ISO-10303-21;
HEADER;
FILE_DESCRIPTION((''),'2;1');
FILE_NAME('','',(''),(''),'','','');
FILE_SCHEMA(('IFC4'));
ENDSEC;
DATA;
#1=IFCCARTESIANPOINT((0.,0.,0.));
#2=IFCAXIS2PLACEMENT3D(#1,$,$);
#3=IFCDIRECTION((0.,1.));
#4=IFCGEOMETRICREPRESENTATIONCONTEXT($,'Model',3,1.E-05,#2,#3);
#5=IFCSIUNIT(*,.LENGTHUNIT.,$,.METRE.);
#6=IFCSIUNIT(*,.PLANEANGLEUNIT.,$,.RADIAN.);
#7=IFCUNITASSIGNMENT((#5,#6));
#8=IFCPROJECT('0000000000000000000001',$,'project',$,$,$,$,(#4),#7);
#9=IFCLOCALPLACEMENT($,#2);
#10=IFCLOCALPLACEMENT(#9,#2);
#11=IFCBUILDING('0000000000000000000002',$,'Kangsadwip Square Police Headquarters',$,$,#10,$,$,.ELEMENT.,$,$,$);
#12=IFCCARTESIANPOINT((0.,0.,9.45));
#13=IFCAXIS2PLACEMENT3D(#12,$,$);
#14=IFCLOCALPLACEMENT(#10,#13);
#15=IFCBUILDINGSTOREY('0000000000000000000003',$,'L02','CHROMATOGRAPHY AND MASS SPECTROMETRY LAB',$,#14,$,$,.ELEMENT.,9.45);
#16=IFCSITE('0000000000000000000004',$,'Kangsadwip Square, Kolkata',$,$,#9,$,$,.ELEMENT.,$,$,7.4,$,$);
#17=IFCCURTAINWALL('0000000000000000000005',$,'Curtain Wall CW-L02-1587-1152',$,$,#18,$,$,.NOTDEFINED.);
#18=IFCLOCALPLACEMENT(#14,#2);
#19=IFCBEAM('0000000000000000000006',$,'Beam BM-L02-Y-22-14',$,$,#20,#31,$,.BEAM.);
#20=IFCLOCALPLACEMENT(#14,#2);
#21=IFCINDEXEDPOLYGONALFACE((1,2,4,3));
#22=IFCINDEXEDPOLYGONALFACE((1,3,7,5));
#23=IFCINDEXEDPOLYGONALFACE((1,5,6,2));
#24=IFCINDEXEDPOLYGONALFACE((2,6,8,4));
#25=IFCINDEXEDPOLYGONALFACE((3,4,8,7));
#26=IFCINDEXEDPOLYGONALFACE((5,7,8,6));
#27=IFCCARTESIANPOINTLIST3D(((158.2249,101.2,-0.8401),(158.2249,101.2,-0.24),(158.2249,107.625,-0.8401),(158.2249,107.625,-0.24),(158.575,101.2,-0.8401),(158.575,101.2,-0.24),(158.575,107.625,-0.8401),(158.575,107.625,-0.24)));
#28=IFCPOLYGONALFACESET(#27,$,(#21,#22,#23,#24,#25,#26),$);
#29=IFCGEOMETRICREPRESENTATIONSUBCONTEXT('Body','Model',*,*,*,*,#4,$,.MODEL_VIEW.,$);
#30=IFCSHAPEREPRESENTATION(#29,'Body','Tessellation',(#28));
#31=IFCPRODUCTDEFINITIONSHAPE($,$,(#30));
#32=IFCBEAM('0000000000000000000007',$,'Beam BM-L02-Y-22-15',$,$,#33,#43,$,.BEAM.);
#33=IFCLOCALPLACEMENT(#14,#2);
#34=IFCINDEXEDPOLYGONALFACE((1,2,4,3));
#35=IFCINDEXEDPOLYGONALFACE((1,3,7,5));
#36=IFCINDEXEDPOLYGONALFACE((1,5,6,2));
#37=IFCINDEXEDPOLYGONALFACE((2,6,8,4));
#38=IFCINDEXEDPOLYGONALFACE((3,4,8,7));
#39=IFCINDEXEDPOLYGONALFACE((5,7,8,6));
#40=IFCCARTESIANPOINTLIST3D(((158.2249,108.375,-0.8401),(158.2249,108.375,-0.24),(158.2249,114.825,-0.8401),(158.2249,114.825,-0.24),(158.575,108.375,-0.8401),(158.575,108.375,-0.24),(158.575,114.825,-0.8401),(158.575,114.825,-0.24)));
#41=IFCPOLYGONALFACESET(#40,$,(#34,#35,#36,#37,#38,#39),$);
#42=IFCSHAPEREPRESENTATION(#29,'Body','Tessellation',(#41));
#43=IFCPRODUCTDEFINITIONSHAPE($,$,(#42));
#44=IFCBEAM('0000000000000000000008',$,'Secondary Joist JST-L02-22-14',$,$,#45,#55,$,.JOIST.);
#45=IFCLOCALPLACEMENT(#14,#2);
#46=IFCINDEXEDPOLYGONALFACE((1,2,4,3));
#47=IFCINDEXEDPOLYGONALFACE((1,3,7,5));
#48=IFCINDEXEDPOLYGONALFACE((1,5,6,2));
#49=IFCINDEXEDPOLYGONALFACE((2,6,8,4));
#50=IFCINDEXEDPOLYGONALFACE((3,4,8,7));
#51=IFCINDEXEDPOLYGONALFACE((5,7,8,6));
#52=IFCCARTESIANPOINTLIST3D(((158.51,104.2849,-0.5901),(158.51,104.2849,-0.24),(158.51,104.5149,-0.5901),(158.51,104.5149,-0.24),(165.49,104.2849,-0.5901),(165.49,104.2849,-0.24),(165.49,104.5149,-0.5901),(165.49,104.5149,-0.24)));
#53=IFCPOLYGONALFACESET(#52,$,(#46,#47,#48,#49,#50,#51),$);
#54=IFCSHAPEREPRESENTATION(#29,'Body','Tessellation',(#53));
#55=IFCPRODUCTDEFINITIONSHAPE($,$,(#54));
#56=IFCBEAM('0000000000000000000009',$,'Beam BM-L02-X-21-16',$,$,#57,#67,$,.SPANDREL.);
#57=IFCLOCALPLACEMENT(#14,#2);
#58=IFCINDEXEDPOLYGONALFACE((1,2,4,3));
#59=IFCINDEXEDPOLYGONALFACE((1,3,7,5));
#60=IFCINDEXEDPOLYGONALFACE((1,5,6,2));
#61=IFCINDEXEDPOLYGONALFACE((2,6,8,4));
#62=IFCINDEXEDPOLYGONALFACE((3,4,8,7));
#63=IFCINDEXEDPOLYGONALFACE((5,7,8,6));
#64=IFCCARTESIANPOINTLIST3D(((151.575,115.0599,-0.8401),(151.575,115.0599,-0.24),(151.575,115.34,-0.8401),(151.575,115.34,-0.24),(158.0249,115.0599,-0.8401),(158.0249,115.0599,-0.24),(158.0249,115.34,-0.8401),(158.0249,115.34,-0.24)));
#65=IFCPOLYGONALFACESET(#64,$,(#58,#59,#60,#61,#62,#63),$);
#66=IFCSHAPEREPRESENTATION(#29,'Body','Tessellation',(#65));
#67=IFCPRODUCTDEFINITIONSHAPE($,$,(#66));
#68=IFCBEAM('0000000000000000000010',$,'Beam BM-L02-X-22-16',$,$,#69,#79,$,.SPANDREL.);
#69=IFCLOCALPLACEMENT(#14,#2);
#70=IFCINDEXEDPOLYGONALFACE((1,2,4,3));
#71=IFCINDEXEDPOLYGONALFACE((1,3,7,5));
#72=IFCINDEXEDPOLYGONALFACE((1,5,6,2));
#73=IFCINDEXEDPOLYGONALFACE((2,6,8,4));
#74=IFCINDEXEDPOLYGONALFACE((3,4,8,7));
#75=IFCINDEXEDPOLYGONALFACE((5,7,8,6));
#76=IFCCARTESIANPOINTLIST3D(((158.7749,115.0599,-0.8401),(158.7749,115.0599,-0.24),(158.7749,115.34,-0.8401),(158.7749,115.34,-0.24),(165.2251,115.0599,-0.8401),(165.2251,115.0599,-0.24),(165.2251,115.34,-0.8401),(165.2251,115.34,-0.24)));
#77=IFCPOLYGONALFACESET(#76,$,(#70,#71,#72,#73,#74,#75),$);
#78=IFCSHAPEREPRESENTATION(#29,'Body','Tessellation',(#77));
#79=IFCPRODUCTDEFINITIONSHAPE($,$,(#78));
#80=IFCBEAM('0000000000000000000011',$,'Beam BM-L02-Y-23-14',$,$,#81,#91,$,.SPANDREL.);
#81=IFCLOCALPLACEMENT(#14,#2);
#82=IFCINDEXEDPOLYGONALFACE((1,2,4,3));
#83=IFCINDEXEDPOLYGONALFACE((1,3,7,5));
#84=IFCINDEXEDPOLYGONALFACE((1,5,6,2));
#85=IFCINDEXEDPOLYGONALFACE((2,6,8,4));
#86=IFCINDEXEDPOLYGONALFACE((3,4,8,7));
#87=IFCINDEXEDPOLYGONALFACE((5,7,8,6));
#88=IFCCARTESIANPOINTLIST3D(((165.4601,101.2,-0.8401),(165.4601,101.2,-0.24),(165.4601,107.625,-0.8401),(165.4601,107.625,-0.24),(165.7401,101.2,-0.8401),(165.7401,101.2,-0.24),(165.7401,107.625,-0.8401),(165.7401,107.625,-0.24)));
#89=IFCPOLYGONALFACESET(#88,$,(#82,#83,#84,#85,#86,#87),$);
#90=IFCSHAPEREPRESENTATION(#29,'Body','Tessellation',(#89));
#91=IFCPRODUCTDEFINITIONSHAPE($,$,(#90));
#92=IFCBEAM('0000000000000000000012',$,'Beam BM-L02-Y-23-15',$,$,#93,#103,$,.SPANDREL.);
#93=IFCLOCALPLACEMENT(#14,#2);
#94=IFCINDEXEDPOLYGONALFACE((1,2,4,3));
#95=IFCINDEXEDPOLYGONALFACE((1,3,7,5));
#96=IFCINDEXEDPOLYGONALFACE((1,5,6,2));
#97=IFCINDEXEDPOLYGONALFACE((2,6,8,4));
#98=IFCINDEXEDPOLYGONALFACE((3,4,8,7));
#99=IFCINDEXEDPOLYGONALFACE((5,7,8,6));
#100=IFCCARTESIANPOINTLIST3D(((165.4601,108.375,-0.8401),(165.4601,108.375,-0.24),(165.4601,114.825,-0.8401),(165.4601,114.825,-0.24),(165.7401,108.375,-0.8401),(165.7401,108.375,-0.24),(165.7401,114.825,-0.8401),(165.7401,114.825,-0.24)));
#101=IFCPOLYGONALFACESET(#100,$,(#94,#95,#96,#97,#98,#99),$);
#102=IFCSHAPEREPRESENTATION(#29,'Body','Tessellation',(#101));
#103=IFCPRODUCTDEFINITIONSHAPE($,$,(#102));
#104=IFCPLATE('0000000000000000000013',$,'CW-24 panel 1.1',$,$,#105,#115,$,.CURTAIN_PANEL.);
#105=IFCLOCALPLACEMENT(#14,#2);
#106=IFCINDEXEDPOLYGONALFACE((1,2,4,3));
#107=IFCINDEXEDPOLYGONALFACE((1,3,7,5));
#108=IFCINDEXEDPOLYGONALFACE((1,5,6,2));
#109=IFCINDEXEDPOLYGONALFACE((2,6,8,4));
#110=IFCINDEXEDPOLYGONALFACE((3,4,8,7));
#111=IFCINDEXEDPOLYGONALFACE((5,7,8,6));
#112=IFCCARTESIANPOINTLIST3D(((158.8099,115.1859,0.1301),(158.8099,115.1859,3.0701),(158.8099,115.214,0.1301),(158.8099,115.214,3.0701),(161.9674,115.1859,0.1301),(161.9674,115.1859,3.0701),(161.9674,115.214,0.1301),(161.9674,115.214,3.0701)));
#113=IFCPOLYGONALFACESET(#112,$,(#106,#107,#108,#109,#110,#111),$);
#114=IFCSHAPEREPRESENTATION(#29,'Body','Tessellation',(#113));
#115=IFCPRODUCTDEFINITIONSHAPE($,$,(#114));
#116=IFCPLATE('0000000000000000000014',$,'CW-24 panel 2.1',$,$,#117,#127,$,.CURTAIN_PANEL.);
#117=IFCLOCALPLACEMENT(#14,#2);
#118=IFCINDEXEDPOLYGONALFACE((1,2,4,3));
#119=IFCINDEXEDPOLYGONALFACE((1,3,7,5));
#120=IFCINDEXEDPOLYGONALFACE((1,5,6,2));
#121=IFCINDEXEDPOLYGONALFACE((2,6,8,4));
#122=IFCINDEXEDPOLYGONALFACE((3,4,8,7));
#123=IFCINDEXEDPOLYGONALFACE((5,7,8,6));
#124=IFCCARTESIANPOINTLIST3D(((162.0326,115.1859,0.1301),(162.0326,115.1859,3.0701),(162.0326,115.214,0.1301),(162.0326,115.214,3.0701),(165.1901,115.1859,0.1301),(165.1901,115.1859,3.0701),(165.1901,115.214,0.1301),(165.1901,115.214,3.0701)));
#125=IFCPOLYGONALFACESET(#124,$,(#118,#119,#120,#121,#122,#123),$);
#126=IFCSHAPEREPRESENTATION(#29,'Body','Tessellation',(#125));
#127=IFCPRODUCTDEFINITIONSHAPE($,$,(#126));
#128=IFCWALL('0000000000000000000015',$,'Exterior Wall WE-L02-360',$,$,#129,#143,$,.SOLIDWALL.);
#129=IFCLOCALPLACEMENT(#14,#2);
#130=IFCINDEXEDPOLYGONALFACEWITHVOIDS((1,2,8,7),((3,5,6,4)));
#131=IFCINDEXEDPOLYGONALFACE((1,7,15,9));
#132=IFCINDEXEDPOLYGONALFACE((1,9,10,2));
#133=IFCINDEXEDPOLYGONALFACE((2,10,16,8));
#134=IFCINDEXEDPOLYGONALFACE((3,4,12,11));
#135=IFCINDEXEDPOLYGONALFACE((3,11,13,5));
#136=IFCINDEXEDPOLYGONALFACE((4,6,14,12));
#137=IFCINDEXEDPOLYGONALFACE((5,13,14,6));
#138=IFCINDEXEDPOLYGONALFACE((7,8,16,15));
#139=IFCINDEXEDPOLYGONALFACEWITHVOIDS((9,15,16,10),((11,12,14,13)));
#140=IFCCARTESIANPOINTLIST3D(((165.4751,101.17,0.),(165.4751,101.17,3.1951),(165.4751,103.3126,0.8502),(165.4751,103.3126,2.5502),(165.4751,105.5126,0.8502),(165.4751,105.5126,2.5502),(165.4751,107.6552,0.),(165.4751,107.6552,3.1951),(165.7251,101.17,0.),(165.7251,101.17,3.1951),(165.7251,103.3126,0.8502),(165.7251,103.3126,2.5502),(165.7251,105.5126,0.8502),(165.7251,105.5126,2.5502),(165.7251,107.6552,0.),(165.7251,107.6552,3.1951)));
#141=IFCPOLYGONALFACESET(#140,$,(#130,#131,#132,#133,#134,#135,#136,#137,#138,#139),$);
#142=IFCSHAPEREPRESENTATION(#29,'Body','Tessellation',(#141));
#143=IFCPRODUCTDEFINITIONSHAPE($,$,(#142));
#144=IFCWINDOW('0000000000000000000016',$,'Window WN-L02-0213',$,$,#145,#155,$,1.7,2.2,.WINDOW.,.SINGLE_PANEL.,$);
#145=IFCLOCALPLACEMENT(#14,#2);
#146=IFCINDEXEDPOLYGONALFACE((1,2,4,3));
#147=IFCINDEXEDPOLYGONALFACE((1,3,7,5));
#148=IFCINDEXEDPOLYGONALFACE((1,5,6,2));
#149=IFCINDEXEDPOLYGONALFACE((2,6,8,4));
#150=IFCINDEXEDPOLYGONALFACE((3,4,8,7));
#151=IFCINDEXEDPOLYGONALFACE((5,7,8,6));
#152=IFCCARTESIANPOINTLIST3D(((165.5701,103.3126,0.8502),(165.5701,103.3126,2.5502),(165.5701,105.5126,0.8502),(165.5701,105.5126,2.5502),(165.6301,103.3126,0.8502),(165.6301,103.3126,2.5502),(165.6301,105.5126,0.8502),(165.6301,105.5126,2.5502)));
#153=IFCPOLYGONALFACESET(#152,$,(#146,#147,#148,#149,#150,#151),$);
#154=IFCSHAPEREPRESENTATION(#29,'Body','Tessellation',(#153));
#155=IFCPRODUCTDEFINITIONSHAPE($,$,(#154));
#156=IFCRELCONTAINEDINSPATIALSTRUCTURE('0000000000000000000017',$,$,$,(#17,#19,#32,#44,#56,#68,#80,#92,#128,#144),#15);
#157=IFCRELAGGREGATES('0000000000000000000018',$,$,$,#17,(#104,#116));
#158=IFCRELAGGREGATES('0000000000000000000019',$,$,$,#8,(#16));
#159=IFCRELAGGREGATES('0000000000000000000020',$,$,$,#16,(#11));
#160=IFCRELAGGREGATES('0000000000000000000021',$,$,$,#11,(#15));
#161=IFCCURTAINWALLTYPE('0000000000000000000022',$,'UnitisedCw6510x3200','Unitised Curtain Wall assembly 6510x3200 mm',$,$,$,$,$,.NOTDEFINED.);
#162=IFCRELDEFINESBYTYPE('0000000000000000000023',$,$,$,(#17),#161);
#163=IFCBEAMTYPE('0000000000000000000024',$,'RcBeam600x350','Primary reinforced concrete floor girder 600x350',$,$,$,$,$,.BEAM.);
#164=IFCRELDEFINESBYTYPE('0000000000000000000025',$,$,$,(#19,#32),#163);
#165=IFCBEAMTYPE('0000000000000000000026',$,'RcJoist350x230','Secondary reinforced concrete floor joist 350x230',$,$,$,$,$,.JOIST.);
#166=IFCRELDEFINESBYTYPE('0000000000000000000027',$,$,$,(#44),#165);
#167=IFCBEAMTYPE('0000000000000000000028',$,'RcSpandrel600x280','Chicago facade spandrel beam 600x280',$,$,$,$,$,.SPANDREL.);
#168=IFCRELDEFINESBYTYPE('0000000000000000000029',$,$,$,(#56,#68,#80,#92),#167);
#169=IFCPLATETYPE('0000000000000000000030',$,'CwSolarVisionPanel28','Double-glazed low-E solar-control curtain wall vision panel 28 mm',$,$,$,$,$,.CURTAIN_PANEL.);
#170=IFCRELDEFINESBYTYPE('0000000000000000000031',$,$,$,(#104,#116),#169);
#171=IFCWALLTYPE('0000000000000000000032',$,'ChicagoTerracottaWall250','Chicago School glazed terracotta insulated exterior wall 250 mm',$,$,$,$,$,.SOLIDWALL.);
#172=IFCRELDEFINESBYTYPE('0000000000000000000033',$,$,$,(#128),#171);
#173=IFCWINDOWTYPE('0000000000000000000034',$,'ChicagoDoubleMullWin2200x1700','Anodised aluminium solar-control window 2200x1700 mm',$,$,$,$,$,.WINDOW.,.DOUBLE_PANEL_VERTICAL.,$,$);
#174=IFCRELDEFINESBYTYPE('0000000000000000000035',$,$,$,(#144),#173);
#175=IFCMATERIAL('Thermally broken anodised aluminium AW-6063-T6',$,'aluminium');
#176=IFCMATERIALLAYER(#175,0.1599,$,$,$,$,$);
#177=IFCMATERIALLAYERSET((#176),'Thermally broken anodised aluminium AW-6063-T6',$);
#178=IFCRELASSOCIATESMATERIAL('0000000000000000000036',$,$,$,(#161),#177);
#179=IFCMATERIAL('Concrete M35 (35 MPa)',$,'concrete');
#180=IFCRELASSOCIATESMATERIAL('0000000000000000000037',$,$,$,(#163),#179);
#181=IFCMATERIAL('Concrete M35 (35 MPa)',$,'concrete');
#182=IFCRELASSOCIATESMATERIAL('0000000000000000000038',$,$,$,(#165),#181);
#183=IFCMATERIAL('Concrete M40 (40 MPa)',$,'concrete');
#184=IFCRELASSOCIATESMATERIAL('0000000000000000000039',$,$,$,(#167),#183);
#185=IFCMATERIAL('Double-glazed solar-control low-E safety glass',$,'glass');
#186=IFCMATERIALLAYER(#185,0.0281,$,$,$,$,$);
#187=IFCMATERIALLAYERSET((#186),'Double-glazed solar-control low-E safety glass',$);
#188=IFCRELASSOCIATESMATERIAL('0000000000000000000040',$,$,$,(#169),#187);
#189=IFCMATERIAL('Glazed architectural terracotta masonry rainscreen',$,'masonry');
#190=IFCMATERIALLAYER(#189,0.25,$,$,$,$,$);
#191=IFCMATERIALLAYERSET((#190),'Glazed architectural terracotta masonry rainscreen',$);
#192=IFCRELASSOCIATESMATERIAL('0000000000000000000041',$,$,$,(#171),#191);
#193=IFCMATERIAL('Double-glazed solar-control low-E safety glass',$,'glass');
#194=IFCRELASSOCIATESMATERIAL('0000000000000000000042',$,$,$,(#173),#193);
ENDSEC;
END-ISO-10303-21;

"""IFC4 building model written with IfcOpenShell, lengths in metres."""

from ifc_helpers import new_model, si_unit, direction, frame, frame_2d, origin, origin_2d, place, context, subcontext, project, spatial, rectangle, extrude, material, layer, layer_set, material_profile, profile_set, type_object, element, fill, aggregate, save


model = new_model("IFC4")

# Units and contexts
model_context = context("Model", 3, precision=1e-05, world=origin(), true_north=direction((0.0, 1.0)))
body_context = subcontext(model_context, "Body", "Model", "MODEL_VIEW")
ifc_project = project(units=[si_unit("LENGTHUNIT", "METRE"), si_unit("PLANEANGLEUNIT", "RADIAN")], contexts=[model_context])

# Site, building, storey
site_placement = place(None, origin())
site = spatial("IfcSite", under=ifc_project, at=site_placement, Name="Kangsadwip Square, Kolkata", CompositionType="ELEMENT", RefElevation=7.4)
building_placement = place(site_placement, origin())
building = spatial("IfcBuilding", under=site, at=building_placement, Name="Kangsadwip Square Police Headquarters", CompositionType="ELEMENT")
storey_placement = place(building_placement, frame((0.0, 0.0, 9.45)))
storey = spatial("IfcBuildingStorey", under=building, at=storey_placement, Name="L02", Description="CHROMATOGRAPHY AND MASS SPECTROMETRY LAB", CompositionType="ELEMENT", Elevation=9.45)

# Curtain wall
ifc_material_1 = material(Name="Thermally broken anodised aluminium AW-6063-T6", Category="aluminium")
ifc_layer_1 = layer(ifc_material_1, 0.1599)
ifc_layer_set_1 = layer_set([ifc_layer_1], Name="Thermally broken anodised aluminium AW-6063-T6")
curtain_wall_type = type_object("IfcCurtainWallType", Name="UnitisedCw6510x3200", Description="Unitised Curtain Wall assembly 6510x3200 mm", PredefinedType="NOTDEFINED", material=ifc_layer_set_1)
curtain_wall_placement = place(storey_placement, origin())
curtain_wall = element("IfcCurtainWall", 1, at=curtain_wall_placement, inside=storey, type_object=curtain_wall_type, Name="Curtain Wall CW-L02-1587-1152", PredefinedType="NOTDEFINED")

# Beams
ifc_material_2 = material(Name="Concrete M35 (35 MPa)", Category="concrete")
ifc_material_profile_1 = material_profile(ifc_material_2, rectangle(XDim=0.3501, YDim=0.6001, at=origin_2d()), Name="RC BM 600X350")
ifc_profile_set_1 = profile_set([ifc_material_profile_1], Name="Concrete M35 (35 MPa)")
beam_type_1 = type_object("IfcBeamType", Name="RcBeam600x350", Description="Primary reinforced concrete floor girder 600x350", PredefinedType="BEAM", material=ifc_profile_set_1)
beam_1_placement = place(storey_placement, frame((158.3999, 101.2, -0.54), z_axis=(0.0, 1.0, 0.0), x_axis=(-1.0, 0.0, 0.0)))
element("IfcBeam", 2, at=beam_1_placement, inside=storey, type_object=beam_type_1, Name="Beam BM-L02-Y-22-14", PredefinedType="BEAM", context=body_context, shape_type="SweptSolid", body=[
    extrude(rectangle(XDim=0.3501, YDim=0.6001, at=origin_2d()), origin(), (0.0, 0.0, 1.0), 6.425),
])
beam_2_placement = place(storey_placement, frame((158.3999, 108.375, -0.54), z_axis=(0.0, 1.0, 0.0), x_axis=(-1.0, 0.0, 0.0)))
element("IfcBeam", 3, at=beam_2_placement, inside=storey, type_object=beam_type_1, Name="Beam BM-L02-Y-22-15", PredefinedType="BEAM", context=body_context, shape_type="SweptSolid", body=[
    extrude(rectangle(XDim=0.3501, YDim=0.6001, at=origin_2d()), origin(), (0.0, 0.0, 1.0), 6.45),
])
ifc_material_3 = material(Name="Concrete M35 (35 MPa)", Category="concrete")
ifc_material_profile_2 = material_profile(ifc_material_3, rectangle(XDim=0.23, YDim=0.3501, at=origin_2d()), Name="RC JST 350X230")
ifc_profile_set_2 = profile_set([ifc_material_profile_2], Name="Concrete M35 (35 MPa)")
beam_type_2 = type_object("IfcBeamType", Name="RcJoist350x230", Description="Secondary reinforced concrete floor joist 350x230", PredefinedType="JOIST", material=ifc_profile_set_2)
beam_3_placement = place(storey_placement, frame((158.51, 104.3999, -0.415), z_axis=(1.0, 0.0, 0.0), x_axis=(0.0, 1.0, 0.0)))
element("IfcBeam", 4, at=beam_3_placement, inside=storey, type_object=beam_type_2, Name="Secondary Joist JST-L02-22-14", PredefinedType="JOIST", context=body_context, shape_type="SweptSolid", body=[
    extrude(rectangle(XDim=0.23, YDim=0.3501, at=origin_2d()), origin(), (0.0, 0.0, 1.0), 6.98),
])
ifc_material_4 = material(Name="Concrete M40 (40 MPa)", Category="concrete")
ifc_material_profile_3 = material_profile(ifc_material_4, rectangle(XDim=0.28, YDim=0.6001, at=origin_2d()), Name="RC SPN 600X280")
ifc_profile_set_3 = profile_set([ifc_material_profile_3], Name="Concrete M40 (40 MPa)")
beam_type_3 = type_object("IfcBeamType", Name="RcSpandrel600x280", Description="Chicago facade spandrel beam 600x280", PredefinedType="SPANDREL", material=ifc_profile_set_3)
beam_4_placement = place(storey_placement, frame((151.575, 115.2, -0.54), z_axis=(1.0, 0.0, 0.0), x_axis=(0.0, 1.0, 0.0)))
element("IfcBeam", 5, at=beam_4_placement, inside=storey, type_object=beam_type_3, Name="Beam BM-L02-X-21-16", PredefinedType="SPANDREL", context=body_context, shape_type="SweptSolid", body=[
    extrude(rectangle(XDim=0.28, YDim=0.6001, at=origin_2d()), origin(), (0.0, 0.0, 1.0), 6.45),
])
beam_5_placement = place(storey_placement, frame((158.7749, 115.2, -0.54), z_axis=(1.0, 0.0, 0.0), x_axis=(0.0, 1.0, 0.0)))
element("IfcBeam", 6, at=beam_5_placement, inside=storey, type_object=beam_type_3, Name="Beam BM-L02-X-22-16", PredefinedType="SPANDREL", context=body_context, shape_type="SweptSolid", body=[
    extrude(rectangle(XDim=0.28, YDim=0.6001, at=origin_2d()), origin(), (0.0, 0.0, 1.0), 6.4502),
])
beam_6_placement = place(storey_placement, frame((165.6001, 101.2, -0.54), z_axis=(0.0, 1.0, 0.0), x_axis=(-1.0, 0.0, 0.0)))
element("IfcBeam", 7, at=beam_6_placement, inside=storey, type_object=beam_type_3, Name="Beam BM-L02-Y-23-14", PredefinedType="SPANDREL", context=body_context, shape_type="SweptSolid", body=[
    extrude(rectangle(XDim=0.28, YDim=0.6001, at=origin_2d()), origin(), (0.0, 0.0, 1.0), 6.425),
])
beam_7_placement = place(storey_placement, frame((165.6001, 108.375, -0.54), z_axis=(0.0, 1.0, 0.0), x_axis=(-1.0, 0.0, 0.0)))
element("IfcBeam", 8, at=beam_7_placement, inside=storey, type_object=beam_type_3, Name="Beam BM-L02-Y-23-15", PredefinedType="SPANDREL", context=body_context, shape_type="SweptSolid", body=[
    extrude(rectangle(XDim=0.28, YDim=0.6001, at=origin_2d()), origin(), (0.0, 0.0, 1.0), 6.45),
])

# Plates
ifc_material_5 = material(Name="Double-glazed solar-control low-E safety glass", Category="glass")
ifc_layer_2 = layer(ifc_material_5, 0.0281)
ifc_layer_set_2 = layer_set([ifc_layer_2], Name="Double-glazed solar-control low-E safety glass")
plate_type = type_object("IfcPlateType", Name="CwSolarVisionPanel28", Description="Double-glazed low-E solar-control curtain wall vision panel 28 mm", PredefinedType="CURTAIN_PANEL", material=ifc_layer_set_2)
plate_1_placement = place(storey_placement, frame((160.3887, 115.2, 0.1301), z_axis=(0.0, 0.0, 1.0), x_axis=(1.0, 0.0, 0.0)))
plate_1 = element("IfcPlate", 9, at=plate_1_placement, type_object=plate_type, Name="CW-24 panel 1.1", PredefinedType="CURTAIN_PANEL", context=body_context, shape_type="SweptSolid", body=[
    extrude(rectangle(XDim=3.1575, YDim=0.0281, at=origin_2d()), origin(), (0.0, 0.0, 1.0), 2.9399),
])
plate_2_placement = place(storey_placement, frame((163.6113, 115.2, 0.1301), z_axis=(0.0, 0.0, 1.0), x_axis=(1.0, 0.0, 0.0)))
plate_2 = element("IfcPlate", 10, at=plate_2_placement, type_object=plate_type, Name="CW-24 panel 2.1", PredefinedType="CURTAIN_PANEL", context=body_context, shape_type="SweptSolid", body=[
    extrude(rectangle(XDim=3.1575, YDim=0.0281, at=origin_2d()), origin(), (0.0, 0.0, 1.0), 2.9399),
])
aggregate(curtain_wall, [plate_1, plate_2])

# Wall, opening, window
ifc_material_6 = material(Name="Glazed architectural terracotta masonry rainscreen", Category="masonry")
ifc_layer_3 = layer(ifc_material_6, 0.25)
ifc_layer_set_3 = layer_set([ifc_layer_3], Name="Glazed architectural terracotta masonry rainscreen")
wall_type = type_object("IfcWallType", Name="ChicagoTerracottaWall250", Description="Chicago School glazed terracotta insulated exterior wall 250 mm", PredefinedType="SOLIDWALL", material=ifc_layer_set_3)
wall_1_placement = place(storey_placement, frame((165.6001, 101.1699, 0.0), z_axis=(0.0, 0.0, 1.0), x_axis=(0.0, 1.0, 0.0)))
wall_1 = element("IfcWall", 11, at=wall_1_placement, inside=storey, type_object=wall_type, Name="Exterior Wall WE-L02-360", PredefinedType="SOLIDWALL", context=body_context, shape_type="SweptSolid", body=[
    extrude(rectangle(XDim=6.4851, YDim=0.25, at=frame_2d((3.2427, 0.0))), origin(), (0.0, 0.0, 1.0), 3.1951),
])
opening_1_placement = place(wall_1_placement, frame((2.1426, 0.0, 0.8501)))
opening_1 = element("IfcOpeningElement", 12, at=opening_1_placement, cuts=wall_1, PredefinedType="OPENING", context=body_context, shape_type="SweptSolid", body=[
    extrude(rectangle(XDim=2.2, YDim=1.7, at=frame_2d((1.1001, 0.8501))), frame((0.0, 0.135, 0.0), z_axis=(0.0, -1.0, 0.0), x_axis=(1.0, 0.0, 0.0)), (0.0, 0.0, 1.0), 0.27),
])
ifc_material_7 = material(Name="Double-glazed solar-control low-E safety glass", Category="glass")
window_type_1 = type_object("IfcWindowType", Name="ChicagoDoubleMullWin2200x1700", Description="Anodised aluminium solar-control window 2200x1700 mm", PartitioningType="DOUBLE_PANEL_VERTICAL", PredefinedType="WINDOW", material=ifc_material_7)
window_1_placement = place(opening_1_placement, origin())
window_1 = element("IfcWindow", 13, at=window_1_placement, inside=storey, type_object=window_type_1, Name="Window WN-L02-0213", OverallHeight=1.7, OverallWidth=2.2, PartitioningType="SINGLE_PANEL", PredefinedType="WINDOW", context=body_context, shape_type="SweptSolid", body=[
    extrude(rectangle(XDim=2.2, YDim=1.7, at=frame_2d((1.1001, 0.8501))), frame((0.0, 0.03, 0.0), z_axis=(0.0, -1.0, 0.0), x_axis=(1.0, 0.0, 0.0)), (0.0, 0.0, 1.0), 0.0601),
])
fill(opening_1, window_1)

save(model, "model.ifc")
